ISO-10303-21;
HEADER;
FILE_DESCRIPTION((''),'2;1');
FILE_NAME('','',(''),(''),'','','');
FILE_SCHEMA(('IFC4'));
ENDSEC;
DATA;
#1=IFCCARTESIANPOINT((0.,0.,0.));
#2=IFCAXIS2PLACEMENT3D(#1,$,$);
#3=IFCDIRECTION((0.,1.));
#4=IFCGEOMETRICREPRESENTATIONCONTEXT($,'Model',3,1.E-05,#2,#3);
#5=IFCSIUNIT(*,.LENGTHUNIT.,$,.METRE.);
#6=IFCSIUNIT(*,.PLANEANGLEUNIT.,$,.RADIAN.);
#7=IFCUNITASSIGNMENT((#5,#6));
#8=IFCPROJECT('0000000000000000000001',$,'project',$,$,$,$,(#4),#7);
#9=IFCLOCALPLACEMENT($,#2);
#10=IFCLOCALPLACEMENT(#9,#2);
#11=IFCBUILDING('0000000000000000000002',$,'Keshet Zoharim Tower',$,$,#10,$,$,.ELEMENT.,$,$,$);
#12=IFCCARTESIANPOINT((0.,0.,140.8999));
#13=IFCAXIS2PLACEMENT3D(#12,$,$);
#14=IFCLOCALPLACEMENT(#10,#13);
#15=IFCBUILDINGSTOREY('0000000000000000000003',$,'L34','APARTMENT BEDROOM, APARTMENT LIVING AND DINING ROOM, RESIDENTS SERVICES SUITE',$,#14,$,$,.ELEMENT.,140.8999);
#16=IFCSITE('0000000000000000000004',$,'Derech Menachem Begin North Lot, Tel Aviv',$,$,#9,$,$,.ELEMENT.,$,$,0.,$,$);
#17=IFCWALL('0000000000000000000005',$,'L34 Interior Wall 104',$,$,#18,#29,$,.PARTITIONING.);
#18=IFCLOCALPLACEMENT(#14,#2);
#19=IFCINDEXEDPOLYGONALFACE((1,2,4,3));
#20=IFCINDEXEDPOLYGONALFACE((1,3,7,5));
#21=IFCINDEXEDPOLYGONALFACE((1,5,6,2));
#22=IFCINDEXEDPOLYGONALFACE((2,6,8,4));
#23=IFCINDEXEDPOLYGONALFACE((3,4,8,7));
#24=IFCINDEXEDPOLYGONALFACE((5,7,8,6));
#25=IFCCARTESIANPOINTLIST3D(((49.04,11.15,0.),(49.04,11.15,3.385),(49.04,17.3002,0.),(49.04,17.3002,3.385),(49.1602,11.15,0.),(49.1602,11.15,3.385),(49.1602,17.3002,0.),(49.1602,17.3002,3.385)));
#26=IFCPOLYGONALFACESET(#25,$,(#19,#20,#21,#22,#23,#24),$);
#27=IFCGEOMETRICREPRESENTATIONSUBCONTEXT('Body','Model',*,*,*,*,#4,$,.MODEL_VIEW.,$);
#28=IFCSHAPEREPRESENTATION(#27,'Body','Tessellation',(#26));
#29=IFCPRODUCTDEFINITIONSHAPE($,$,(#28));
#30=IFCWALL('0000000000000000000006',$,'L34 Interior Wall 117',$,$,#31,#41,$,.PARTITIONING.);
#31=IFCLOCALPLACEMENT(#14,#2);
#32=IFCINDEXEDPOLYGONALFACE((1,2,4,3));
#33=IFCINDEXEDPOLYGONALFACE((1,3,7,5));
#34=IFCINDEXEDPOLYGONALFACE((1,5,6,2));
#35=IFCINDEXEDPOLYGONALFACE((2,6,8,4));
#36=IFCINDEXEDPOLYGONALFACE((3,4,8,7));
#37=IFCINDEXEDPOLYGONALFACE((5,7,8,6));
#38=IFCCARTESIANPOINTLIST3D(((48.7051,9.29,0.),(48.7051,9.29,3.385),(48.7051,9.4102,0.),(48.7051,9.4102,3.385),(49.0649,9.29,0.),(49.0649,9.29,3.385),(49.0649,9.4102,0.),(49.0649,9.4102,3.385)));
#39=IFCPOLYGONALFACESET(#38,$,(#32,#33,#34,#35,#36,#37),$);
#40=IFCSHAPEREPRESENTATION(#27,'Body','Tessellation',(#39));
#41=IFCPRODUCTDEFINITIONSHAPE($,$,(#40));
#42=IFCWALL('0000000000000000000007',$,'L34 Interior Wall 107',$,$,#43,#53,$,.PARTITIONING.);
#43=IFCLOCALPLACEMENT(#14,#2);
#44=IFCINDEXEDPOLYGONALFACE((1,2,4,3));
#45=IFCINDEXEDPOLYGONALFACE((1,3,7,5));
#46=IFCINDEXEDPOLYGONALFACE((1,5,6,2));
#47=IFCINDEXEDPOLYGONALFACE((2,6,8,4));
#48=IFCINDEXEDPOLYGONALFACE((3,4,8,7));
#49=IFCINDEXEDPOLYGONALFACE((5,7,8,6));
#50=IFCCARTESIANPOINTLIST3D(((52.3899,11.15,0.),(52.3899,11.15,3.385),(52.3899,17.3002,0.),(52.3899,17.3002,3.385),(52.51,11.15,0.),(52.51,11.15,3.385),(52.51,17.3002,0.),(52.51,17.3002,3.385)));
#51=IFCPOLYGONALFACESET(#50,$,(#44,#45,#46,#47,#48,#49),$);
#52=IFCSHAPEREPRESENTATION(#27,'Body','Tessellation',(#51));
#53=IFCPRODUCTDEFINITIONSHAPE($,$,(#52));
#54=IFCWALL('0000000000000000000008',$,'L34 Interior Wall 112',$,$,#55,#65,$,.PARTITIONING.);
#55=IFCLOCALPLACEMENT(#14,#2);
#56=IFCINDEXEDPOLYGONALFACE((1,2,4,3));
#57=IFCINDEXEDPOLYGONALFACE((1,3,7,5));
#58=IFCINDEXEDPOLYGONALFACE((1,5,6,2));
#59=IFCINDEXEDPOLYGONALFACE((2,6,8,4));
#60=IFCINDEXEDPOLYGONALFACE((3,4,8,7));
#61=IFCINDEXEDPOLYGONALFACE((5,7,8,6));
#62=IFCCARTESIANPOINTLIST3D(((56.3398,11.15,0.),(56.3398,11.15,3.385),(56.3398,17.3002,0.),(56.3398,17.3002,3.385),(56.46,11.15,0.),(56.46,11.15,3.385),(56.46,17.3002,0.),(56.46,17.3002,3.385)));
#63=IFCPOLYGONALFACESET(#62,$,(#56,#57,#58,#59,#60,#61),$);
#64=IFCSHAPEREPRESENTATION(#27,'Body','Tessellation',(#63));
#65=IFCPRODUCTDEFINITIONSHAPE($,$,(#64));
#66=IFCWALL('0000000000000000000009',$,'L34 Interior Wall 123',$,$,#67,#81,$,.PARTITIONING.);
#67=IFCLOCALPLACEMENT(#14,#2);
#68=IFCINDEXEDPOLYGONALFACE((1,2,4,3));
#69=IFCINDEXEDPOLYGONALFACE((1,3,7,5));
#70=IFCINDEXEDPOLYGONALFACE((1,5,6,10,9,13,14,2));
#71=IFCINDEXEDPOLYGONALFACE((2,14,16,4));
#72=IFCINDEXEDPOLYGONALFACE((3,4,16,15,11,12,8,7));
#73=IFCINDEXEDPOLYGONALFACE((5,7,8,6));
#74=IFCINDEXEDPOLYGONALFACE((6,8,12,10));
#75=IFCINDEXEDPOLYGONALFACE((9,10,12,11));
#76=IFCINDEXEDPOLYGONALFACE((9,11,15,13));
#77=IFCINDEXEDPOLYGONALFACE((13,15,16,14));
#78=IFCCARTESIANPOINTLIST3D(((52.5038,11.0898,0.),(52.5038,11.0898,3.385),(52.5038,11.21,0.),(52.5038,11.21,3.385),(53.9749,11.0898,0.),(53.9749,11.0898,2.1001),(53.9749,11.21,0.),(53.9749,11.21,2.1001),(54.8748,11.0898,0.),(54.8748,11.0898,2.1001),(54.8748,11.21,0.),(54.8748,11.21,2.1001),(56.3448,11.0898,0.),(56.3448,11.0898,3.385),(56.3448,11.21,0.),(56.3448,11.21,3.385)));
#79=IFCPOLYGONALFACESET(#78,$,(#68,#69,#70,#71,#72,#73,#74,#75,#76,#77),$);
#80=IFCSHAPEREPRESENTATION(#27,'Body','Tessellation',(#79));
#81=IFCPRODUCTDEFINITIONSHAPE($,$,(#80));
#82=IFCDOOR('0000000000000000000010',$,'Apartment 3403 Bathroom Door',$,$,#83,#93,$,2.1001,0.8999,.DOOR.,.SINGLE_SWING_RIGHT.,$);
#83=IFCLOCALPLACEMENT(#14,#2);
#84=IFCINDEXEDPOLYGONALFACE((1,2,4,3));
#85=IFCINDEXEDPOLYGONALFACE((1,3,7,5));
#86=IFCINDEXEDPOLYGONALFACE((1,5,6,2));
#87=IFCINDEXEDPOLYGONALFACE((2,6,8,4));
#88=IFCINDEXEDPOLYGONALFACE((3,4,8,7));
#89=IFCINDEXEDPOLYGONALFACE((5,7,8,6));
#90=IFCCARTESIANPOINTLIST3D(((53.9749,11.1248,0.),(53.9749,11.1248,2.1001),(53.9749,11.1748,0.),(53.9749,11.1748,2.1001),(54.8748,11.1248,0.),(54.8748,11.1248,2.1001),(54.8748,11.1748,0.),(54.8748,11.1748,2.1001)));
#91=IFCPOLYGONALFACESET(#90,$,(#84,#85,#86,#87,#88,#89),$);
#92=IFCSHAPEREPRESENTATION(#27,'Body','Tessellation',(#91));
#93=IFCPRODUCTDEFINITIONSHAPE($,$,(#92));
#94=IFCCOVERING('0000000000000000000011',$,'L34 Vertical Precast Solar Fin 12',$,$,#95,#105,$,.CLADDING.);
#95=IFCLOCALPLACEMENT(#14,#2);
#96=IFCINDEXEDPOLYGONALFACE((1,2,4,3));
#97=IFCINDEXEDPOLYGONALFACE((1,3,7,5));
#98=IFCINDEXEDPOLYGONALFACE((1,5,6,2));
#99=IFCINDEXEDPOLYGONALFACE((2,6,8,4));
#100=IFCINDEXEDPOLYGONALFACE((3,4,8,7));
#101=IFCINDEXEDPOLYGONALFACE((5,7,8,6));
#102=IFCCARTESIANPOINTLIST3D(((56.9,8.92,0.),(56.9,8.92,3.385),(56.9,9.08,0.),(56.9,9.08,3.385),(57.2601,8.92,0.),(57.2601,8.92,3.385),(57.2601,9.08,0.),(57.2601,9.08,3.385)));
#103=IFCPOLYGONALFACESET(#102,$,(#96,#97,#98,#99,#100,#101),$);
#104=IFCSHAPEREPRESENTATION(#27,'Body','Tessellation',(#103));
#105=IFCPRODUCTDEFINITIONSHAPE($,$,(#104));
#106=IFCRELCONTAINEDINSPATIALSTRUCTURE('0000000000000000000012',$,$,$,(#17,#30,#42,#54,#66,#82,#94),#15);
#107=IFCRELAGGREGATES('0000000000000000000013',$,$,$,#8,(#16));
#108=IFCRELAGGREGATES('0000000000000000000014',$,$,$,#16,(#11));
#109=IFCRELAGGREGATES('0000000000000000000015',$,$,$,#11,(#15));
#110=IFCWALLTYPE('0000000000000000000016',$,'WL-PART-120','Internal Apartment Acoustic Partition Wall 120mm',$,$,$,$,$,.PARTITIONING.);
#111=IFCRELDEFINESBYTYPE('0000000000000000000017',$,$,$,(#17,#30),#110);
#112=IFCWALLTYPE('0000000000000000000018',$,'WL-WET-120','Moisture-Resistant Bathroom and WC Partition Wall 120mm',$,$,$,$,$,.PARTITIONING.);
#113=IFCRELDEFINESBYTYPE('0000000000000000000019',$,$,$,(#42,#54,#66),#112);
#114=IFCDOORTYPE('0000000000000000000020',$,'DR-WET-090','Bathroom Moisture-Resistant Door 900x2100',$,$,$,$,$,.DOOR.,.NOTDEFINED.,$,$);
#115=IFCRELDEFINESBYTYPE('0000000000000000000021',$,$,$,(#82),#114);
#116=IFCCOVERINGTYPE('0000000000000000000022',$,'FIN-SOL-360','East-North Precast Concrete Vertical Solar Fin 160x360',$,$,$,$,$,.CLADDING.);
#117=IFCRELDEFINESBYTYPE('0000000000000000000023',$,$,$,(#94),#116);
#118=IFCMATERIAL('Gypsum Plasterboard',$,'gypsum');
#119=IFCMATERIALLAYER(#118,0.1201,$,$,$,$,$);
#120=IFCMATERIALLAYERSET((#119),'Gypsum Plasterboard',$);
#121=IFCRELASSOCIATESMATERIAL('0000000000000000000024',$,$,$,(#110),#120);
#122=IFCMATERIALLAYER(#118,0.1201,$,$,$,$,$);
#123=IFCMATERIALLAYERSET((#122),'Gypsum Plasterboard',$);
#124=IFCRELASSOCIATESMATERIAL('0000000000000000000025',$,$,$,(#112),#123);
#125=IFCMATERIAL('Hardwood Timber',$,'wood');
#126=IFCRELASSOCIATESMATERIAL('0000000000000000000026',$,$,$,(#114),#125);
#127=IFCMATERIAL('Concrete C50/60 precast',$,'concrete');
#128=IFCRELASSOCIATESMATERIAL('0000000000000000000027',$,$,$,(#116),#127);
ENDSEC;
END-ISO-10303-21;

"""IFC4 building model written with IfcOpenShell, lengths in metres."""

from ifc_helpers import new_model, si_unit, direction, frame, frame_2d, origin, origin_2d, place, context, subcontext, project, spatial, rectangle, extrude, material, layer, layer_set, type_object, element, fill, save


model = new_model("IFC4")

# Units and contexts
model_context = context("Model", 3, precision=1e-05, world=origin(), true_north=direction((0.0, 1.0)))
body_context = subcontext(model_context, "Body", "Model", "MODEL_VIEW")
ifc_project = project(units=[si_unit("LENGTHUNIT", "METRE"), si_unit("PLANEANGLEUNIT", "RADIAN")], contexts=[model_context])

# Site, building, storey
site_placement = place(None, origin())
site = spatial("IfcSite", under=ifc_project, at=site_placement, Name="Derech Menachem Begin North Lot, Tel Aviv", CompositionType="ELEMENT", RefElevation=0.0)
building_placement = place(site_placement, origin())
building = spatial("IfcBuilding", under=site, at=building_placement, Name="Keshet Zoharim Tower", CompositionType="ELEMENT")
storey_placement = place(building_placement, frame((0.0, 0.0, 140.8999)))
storey = spatial("IfcBuildingStorey", under=building, at=storey_placement, Name="L34", Description="APARTMENT BEDROOM, APARTMENT LIVING AND DINING ROOM, RESIDENTS SERVICES SUITE", CompositionType="ELEMENT", Elevation=140.8999)

# Walls
ifc_material_1 = material(Name="Gypsum Plasterboard", Category="gypsum")
ifc_layer_1 = layer(ifc_material_1, 0.1201)
ifc_layer_set_1 = layer_set([ifc_layer_1], Name="Gypsum Plasterboard")
wall_type_1 = type_object("IfcWallType", Name="WL-PART-120", Description="Internal Apartment Acoustic Partition Wall 120mm", PredefinedType="PARTITIONING", material=ifc_layer_set_1)
wall_1_placement = place(storey_placement, frame((49.1001, 11.1499, 0.0), z_axis=(0.0, 0.0, 1.0), x_axis=(0.0, 1.0, 0.0)))
element("IfcWall", 1, at=wall_1_placement, inside=storey, type_object=wall_type_1, Name="L34 Interior Wall 104", PredefinedType="PARTITIONING", context=body_context, shape_type="SweptSolid", body=[
    extrude(rectangle(XDim=6.1501, YDim=0.1201, at=frame_2d((3.0752, 0.0))), origin(), (0.0, 0.0, 1.0), 3.385),
])
wall_2_placement = place(storey_placement, frame((48.7051, 9.3501, 0.0), z_axis=(0.0, 0.0, 1.0), x_axis=(1.0, 0.0, 0.0)))
element("IfcWall", 2, at=wall_2_placement, inside=storey, type_object=wall_type_1, Name="L34 Interior Wall 117", PredefinedType="PARTITIONING", context=body_context, shape_type="SweptSolid", body=[
    extrude(rectangle(XDim=0.3599, YDim=0.1201, at=frame_2d((0.1799, 0.0))), origin(), (0.0, 0.0, 1.0), 3.385),
])

# Shared definitions
ifc_material_2 = material(Name="Hardwood Timber", Category="wood")

# Walls
ifc_layer_2 = layer(ifc_material_1, 0.1201)
ifc_layer_set_2 = layer_set([ifc_layer_2], Name="Gypsum Plasterboard")
wall_type_2 = type_object("IfcWallType", Name="WL-WET-120", Description="Moisture-Resistant Bathroom and WC Partition Wall 120mm", PredefinedType="PARTITIONING", material=ifc_layer_set_2)
for number, where, z_axis, x_axis, name in (
    (3, (52.45, 11.1499, 0.0), (0.0, 0.0, 1.0), (0.0, 1.0, 0.0), "L34 Interior Wall 107"),
    (4, (56.3999, 11.1499, 0.0), (0.0, 0.0, 1.0), (0.0, 1.0, 0.0), "L34 Interior Wall 112"),
):
    element("IfcWall", number, at=place(storey_placement, frame(where, z_axis=z_axis, x_axis=x_axis)), inside=storey, type_object=wall_type_2, Name=name, PredefinedType="PARTITIONING", context=body_context, shape_type="SweptSolid", body=[
        extrude(rectangle(XDim=6.1501, YDim=0.1201, at=frame_2d((3.0752, 0.0))), origin(), (0.0, 0.0, 1.0), 3.385),
    ])

# Wall, opening, door
wall_3_placement = place(storey_placement, frame((52.5039, 11.1499, 0.0), z_axis=(0.0, 0.0, 1.0), x_axis=(1.0, 0.0, 0.0)))
wall_3 = element("IfcWall", 5, at=wall_3_placement, inside=storey, type_object=wall_type_2, Name="L34 Interior Wall 123", PredefinedType="PARTITIONING", context=body_context, shape_type="SweptSolid", body=[
    extrude(rectangle(XDim=3.8411, YDim=0.1201, at=frame_2d((1.9204, 0.0))), origin(), (0.0, 0.0, 1.0), 3.385),
])
opening_1_placement = place(wall_3_placement, frame((1.4709, 0.0, 0.0)))
opening_1 = element("IfcOpeningElement", 6, at=opening_1_placement, cuts=wall_3, PredefinedType="OPENING", context=body_context, shape_type="SweptSolid", body=[
    extrude(rectangle(XDim=0.8999, YDim=2.1001, at=frame_2d((0.45, 1.05))), frame((0.0, 0.0701, 0.0), z_axis=(0.0, -1.0, 0.0), x_axis=(1.0, 0.0, 0.0)), (0.0, 0.0, 1.0), 0.1401),
])
door_type_1 = type_object("IfcDoorType", Name="DR-WET-090", Description="Bathroom Moisture-Resistant Door 900x2100", OperationType="NOTDEFINED", PredefinedType="DOOR", material=ifc_material_2)
door_1_placement = place(opening_1_placement, origin())
door_1 = element("IfcDoor", 7, at=door_1_placement, inside=storey, type_object=door_type_1, Name="Apartment 3403 Bathroom Door", OperationType="SINGLE_SWING_RIGHT", OverallHeight=2.1001, OverallWidth=0.8999, PredefinedType="DOOR", context=body_context, shape_type="SweptSolid", body=[
    extrude(rectangle(XDim=0.8999, YDim=2.1001, at=frame_2d((0.45, 1.05))), frame((0.0, 0.0249, 0.0), z_axis=(0.0, -1.0, 0.0), x_axis=(1.0, 0.0, 0.0)), (0.0, 0.0, 1.0), 0.05),
])
fill(opening_1, door_1)

# Covering
ifc_material_3 = material(Name="Concrete C50/60 precast", Category="concrete")
covering_type = type_object("IfcCoveringType", Name="FIN-SOL-360", Description="East-North Precast Concrete Vertical Solar Fin 160x360", PredefinedType="CLADDING", material=ifc_material_3)
covering_placement = place(storey_placement, frame((57.0801, 9.0, 0.0), z_axis=(0.0, 0.0, 1.0), x_axis=(0.0, -1.0, 0.0)))
element("IfcCovering", 8, at=covering_placement, inside=storey, type_object=covering_type, Name="L34 Vertical Precast Solar Fin 12", PredefinedType="CLADDING", context=body_context, shape_type="SweptSolid", body=[
    extrude(rectangle(XDim=0.1599, YDim=0.3601, at=origin_2d()), origin(), (0.0, 0.0, 1.0), 3.385),
])

save(model, "model.ifc")
